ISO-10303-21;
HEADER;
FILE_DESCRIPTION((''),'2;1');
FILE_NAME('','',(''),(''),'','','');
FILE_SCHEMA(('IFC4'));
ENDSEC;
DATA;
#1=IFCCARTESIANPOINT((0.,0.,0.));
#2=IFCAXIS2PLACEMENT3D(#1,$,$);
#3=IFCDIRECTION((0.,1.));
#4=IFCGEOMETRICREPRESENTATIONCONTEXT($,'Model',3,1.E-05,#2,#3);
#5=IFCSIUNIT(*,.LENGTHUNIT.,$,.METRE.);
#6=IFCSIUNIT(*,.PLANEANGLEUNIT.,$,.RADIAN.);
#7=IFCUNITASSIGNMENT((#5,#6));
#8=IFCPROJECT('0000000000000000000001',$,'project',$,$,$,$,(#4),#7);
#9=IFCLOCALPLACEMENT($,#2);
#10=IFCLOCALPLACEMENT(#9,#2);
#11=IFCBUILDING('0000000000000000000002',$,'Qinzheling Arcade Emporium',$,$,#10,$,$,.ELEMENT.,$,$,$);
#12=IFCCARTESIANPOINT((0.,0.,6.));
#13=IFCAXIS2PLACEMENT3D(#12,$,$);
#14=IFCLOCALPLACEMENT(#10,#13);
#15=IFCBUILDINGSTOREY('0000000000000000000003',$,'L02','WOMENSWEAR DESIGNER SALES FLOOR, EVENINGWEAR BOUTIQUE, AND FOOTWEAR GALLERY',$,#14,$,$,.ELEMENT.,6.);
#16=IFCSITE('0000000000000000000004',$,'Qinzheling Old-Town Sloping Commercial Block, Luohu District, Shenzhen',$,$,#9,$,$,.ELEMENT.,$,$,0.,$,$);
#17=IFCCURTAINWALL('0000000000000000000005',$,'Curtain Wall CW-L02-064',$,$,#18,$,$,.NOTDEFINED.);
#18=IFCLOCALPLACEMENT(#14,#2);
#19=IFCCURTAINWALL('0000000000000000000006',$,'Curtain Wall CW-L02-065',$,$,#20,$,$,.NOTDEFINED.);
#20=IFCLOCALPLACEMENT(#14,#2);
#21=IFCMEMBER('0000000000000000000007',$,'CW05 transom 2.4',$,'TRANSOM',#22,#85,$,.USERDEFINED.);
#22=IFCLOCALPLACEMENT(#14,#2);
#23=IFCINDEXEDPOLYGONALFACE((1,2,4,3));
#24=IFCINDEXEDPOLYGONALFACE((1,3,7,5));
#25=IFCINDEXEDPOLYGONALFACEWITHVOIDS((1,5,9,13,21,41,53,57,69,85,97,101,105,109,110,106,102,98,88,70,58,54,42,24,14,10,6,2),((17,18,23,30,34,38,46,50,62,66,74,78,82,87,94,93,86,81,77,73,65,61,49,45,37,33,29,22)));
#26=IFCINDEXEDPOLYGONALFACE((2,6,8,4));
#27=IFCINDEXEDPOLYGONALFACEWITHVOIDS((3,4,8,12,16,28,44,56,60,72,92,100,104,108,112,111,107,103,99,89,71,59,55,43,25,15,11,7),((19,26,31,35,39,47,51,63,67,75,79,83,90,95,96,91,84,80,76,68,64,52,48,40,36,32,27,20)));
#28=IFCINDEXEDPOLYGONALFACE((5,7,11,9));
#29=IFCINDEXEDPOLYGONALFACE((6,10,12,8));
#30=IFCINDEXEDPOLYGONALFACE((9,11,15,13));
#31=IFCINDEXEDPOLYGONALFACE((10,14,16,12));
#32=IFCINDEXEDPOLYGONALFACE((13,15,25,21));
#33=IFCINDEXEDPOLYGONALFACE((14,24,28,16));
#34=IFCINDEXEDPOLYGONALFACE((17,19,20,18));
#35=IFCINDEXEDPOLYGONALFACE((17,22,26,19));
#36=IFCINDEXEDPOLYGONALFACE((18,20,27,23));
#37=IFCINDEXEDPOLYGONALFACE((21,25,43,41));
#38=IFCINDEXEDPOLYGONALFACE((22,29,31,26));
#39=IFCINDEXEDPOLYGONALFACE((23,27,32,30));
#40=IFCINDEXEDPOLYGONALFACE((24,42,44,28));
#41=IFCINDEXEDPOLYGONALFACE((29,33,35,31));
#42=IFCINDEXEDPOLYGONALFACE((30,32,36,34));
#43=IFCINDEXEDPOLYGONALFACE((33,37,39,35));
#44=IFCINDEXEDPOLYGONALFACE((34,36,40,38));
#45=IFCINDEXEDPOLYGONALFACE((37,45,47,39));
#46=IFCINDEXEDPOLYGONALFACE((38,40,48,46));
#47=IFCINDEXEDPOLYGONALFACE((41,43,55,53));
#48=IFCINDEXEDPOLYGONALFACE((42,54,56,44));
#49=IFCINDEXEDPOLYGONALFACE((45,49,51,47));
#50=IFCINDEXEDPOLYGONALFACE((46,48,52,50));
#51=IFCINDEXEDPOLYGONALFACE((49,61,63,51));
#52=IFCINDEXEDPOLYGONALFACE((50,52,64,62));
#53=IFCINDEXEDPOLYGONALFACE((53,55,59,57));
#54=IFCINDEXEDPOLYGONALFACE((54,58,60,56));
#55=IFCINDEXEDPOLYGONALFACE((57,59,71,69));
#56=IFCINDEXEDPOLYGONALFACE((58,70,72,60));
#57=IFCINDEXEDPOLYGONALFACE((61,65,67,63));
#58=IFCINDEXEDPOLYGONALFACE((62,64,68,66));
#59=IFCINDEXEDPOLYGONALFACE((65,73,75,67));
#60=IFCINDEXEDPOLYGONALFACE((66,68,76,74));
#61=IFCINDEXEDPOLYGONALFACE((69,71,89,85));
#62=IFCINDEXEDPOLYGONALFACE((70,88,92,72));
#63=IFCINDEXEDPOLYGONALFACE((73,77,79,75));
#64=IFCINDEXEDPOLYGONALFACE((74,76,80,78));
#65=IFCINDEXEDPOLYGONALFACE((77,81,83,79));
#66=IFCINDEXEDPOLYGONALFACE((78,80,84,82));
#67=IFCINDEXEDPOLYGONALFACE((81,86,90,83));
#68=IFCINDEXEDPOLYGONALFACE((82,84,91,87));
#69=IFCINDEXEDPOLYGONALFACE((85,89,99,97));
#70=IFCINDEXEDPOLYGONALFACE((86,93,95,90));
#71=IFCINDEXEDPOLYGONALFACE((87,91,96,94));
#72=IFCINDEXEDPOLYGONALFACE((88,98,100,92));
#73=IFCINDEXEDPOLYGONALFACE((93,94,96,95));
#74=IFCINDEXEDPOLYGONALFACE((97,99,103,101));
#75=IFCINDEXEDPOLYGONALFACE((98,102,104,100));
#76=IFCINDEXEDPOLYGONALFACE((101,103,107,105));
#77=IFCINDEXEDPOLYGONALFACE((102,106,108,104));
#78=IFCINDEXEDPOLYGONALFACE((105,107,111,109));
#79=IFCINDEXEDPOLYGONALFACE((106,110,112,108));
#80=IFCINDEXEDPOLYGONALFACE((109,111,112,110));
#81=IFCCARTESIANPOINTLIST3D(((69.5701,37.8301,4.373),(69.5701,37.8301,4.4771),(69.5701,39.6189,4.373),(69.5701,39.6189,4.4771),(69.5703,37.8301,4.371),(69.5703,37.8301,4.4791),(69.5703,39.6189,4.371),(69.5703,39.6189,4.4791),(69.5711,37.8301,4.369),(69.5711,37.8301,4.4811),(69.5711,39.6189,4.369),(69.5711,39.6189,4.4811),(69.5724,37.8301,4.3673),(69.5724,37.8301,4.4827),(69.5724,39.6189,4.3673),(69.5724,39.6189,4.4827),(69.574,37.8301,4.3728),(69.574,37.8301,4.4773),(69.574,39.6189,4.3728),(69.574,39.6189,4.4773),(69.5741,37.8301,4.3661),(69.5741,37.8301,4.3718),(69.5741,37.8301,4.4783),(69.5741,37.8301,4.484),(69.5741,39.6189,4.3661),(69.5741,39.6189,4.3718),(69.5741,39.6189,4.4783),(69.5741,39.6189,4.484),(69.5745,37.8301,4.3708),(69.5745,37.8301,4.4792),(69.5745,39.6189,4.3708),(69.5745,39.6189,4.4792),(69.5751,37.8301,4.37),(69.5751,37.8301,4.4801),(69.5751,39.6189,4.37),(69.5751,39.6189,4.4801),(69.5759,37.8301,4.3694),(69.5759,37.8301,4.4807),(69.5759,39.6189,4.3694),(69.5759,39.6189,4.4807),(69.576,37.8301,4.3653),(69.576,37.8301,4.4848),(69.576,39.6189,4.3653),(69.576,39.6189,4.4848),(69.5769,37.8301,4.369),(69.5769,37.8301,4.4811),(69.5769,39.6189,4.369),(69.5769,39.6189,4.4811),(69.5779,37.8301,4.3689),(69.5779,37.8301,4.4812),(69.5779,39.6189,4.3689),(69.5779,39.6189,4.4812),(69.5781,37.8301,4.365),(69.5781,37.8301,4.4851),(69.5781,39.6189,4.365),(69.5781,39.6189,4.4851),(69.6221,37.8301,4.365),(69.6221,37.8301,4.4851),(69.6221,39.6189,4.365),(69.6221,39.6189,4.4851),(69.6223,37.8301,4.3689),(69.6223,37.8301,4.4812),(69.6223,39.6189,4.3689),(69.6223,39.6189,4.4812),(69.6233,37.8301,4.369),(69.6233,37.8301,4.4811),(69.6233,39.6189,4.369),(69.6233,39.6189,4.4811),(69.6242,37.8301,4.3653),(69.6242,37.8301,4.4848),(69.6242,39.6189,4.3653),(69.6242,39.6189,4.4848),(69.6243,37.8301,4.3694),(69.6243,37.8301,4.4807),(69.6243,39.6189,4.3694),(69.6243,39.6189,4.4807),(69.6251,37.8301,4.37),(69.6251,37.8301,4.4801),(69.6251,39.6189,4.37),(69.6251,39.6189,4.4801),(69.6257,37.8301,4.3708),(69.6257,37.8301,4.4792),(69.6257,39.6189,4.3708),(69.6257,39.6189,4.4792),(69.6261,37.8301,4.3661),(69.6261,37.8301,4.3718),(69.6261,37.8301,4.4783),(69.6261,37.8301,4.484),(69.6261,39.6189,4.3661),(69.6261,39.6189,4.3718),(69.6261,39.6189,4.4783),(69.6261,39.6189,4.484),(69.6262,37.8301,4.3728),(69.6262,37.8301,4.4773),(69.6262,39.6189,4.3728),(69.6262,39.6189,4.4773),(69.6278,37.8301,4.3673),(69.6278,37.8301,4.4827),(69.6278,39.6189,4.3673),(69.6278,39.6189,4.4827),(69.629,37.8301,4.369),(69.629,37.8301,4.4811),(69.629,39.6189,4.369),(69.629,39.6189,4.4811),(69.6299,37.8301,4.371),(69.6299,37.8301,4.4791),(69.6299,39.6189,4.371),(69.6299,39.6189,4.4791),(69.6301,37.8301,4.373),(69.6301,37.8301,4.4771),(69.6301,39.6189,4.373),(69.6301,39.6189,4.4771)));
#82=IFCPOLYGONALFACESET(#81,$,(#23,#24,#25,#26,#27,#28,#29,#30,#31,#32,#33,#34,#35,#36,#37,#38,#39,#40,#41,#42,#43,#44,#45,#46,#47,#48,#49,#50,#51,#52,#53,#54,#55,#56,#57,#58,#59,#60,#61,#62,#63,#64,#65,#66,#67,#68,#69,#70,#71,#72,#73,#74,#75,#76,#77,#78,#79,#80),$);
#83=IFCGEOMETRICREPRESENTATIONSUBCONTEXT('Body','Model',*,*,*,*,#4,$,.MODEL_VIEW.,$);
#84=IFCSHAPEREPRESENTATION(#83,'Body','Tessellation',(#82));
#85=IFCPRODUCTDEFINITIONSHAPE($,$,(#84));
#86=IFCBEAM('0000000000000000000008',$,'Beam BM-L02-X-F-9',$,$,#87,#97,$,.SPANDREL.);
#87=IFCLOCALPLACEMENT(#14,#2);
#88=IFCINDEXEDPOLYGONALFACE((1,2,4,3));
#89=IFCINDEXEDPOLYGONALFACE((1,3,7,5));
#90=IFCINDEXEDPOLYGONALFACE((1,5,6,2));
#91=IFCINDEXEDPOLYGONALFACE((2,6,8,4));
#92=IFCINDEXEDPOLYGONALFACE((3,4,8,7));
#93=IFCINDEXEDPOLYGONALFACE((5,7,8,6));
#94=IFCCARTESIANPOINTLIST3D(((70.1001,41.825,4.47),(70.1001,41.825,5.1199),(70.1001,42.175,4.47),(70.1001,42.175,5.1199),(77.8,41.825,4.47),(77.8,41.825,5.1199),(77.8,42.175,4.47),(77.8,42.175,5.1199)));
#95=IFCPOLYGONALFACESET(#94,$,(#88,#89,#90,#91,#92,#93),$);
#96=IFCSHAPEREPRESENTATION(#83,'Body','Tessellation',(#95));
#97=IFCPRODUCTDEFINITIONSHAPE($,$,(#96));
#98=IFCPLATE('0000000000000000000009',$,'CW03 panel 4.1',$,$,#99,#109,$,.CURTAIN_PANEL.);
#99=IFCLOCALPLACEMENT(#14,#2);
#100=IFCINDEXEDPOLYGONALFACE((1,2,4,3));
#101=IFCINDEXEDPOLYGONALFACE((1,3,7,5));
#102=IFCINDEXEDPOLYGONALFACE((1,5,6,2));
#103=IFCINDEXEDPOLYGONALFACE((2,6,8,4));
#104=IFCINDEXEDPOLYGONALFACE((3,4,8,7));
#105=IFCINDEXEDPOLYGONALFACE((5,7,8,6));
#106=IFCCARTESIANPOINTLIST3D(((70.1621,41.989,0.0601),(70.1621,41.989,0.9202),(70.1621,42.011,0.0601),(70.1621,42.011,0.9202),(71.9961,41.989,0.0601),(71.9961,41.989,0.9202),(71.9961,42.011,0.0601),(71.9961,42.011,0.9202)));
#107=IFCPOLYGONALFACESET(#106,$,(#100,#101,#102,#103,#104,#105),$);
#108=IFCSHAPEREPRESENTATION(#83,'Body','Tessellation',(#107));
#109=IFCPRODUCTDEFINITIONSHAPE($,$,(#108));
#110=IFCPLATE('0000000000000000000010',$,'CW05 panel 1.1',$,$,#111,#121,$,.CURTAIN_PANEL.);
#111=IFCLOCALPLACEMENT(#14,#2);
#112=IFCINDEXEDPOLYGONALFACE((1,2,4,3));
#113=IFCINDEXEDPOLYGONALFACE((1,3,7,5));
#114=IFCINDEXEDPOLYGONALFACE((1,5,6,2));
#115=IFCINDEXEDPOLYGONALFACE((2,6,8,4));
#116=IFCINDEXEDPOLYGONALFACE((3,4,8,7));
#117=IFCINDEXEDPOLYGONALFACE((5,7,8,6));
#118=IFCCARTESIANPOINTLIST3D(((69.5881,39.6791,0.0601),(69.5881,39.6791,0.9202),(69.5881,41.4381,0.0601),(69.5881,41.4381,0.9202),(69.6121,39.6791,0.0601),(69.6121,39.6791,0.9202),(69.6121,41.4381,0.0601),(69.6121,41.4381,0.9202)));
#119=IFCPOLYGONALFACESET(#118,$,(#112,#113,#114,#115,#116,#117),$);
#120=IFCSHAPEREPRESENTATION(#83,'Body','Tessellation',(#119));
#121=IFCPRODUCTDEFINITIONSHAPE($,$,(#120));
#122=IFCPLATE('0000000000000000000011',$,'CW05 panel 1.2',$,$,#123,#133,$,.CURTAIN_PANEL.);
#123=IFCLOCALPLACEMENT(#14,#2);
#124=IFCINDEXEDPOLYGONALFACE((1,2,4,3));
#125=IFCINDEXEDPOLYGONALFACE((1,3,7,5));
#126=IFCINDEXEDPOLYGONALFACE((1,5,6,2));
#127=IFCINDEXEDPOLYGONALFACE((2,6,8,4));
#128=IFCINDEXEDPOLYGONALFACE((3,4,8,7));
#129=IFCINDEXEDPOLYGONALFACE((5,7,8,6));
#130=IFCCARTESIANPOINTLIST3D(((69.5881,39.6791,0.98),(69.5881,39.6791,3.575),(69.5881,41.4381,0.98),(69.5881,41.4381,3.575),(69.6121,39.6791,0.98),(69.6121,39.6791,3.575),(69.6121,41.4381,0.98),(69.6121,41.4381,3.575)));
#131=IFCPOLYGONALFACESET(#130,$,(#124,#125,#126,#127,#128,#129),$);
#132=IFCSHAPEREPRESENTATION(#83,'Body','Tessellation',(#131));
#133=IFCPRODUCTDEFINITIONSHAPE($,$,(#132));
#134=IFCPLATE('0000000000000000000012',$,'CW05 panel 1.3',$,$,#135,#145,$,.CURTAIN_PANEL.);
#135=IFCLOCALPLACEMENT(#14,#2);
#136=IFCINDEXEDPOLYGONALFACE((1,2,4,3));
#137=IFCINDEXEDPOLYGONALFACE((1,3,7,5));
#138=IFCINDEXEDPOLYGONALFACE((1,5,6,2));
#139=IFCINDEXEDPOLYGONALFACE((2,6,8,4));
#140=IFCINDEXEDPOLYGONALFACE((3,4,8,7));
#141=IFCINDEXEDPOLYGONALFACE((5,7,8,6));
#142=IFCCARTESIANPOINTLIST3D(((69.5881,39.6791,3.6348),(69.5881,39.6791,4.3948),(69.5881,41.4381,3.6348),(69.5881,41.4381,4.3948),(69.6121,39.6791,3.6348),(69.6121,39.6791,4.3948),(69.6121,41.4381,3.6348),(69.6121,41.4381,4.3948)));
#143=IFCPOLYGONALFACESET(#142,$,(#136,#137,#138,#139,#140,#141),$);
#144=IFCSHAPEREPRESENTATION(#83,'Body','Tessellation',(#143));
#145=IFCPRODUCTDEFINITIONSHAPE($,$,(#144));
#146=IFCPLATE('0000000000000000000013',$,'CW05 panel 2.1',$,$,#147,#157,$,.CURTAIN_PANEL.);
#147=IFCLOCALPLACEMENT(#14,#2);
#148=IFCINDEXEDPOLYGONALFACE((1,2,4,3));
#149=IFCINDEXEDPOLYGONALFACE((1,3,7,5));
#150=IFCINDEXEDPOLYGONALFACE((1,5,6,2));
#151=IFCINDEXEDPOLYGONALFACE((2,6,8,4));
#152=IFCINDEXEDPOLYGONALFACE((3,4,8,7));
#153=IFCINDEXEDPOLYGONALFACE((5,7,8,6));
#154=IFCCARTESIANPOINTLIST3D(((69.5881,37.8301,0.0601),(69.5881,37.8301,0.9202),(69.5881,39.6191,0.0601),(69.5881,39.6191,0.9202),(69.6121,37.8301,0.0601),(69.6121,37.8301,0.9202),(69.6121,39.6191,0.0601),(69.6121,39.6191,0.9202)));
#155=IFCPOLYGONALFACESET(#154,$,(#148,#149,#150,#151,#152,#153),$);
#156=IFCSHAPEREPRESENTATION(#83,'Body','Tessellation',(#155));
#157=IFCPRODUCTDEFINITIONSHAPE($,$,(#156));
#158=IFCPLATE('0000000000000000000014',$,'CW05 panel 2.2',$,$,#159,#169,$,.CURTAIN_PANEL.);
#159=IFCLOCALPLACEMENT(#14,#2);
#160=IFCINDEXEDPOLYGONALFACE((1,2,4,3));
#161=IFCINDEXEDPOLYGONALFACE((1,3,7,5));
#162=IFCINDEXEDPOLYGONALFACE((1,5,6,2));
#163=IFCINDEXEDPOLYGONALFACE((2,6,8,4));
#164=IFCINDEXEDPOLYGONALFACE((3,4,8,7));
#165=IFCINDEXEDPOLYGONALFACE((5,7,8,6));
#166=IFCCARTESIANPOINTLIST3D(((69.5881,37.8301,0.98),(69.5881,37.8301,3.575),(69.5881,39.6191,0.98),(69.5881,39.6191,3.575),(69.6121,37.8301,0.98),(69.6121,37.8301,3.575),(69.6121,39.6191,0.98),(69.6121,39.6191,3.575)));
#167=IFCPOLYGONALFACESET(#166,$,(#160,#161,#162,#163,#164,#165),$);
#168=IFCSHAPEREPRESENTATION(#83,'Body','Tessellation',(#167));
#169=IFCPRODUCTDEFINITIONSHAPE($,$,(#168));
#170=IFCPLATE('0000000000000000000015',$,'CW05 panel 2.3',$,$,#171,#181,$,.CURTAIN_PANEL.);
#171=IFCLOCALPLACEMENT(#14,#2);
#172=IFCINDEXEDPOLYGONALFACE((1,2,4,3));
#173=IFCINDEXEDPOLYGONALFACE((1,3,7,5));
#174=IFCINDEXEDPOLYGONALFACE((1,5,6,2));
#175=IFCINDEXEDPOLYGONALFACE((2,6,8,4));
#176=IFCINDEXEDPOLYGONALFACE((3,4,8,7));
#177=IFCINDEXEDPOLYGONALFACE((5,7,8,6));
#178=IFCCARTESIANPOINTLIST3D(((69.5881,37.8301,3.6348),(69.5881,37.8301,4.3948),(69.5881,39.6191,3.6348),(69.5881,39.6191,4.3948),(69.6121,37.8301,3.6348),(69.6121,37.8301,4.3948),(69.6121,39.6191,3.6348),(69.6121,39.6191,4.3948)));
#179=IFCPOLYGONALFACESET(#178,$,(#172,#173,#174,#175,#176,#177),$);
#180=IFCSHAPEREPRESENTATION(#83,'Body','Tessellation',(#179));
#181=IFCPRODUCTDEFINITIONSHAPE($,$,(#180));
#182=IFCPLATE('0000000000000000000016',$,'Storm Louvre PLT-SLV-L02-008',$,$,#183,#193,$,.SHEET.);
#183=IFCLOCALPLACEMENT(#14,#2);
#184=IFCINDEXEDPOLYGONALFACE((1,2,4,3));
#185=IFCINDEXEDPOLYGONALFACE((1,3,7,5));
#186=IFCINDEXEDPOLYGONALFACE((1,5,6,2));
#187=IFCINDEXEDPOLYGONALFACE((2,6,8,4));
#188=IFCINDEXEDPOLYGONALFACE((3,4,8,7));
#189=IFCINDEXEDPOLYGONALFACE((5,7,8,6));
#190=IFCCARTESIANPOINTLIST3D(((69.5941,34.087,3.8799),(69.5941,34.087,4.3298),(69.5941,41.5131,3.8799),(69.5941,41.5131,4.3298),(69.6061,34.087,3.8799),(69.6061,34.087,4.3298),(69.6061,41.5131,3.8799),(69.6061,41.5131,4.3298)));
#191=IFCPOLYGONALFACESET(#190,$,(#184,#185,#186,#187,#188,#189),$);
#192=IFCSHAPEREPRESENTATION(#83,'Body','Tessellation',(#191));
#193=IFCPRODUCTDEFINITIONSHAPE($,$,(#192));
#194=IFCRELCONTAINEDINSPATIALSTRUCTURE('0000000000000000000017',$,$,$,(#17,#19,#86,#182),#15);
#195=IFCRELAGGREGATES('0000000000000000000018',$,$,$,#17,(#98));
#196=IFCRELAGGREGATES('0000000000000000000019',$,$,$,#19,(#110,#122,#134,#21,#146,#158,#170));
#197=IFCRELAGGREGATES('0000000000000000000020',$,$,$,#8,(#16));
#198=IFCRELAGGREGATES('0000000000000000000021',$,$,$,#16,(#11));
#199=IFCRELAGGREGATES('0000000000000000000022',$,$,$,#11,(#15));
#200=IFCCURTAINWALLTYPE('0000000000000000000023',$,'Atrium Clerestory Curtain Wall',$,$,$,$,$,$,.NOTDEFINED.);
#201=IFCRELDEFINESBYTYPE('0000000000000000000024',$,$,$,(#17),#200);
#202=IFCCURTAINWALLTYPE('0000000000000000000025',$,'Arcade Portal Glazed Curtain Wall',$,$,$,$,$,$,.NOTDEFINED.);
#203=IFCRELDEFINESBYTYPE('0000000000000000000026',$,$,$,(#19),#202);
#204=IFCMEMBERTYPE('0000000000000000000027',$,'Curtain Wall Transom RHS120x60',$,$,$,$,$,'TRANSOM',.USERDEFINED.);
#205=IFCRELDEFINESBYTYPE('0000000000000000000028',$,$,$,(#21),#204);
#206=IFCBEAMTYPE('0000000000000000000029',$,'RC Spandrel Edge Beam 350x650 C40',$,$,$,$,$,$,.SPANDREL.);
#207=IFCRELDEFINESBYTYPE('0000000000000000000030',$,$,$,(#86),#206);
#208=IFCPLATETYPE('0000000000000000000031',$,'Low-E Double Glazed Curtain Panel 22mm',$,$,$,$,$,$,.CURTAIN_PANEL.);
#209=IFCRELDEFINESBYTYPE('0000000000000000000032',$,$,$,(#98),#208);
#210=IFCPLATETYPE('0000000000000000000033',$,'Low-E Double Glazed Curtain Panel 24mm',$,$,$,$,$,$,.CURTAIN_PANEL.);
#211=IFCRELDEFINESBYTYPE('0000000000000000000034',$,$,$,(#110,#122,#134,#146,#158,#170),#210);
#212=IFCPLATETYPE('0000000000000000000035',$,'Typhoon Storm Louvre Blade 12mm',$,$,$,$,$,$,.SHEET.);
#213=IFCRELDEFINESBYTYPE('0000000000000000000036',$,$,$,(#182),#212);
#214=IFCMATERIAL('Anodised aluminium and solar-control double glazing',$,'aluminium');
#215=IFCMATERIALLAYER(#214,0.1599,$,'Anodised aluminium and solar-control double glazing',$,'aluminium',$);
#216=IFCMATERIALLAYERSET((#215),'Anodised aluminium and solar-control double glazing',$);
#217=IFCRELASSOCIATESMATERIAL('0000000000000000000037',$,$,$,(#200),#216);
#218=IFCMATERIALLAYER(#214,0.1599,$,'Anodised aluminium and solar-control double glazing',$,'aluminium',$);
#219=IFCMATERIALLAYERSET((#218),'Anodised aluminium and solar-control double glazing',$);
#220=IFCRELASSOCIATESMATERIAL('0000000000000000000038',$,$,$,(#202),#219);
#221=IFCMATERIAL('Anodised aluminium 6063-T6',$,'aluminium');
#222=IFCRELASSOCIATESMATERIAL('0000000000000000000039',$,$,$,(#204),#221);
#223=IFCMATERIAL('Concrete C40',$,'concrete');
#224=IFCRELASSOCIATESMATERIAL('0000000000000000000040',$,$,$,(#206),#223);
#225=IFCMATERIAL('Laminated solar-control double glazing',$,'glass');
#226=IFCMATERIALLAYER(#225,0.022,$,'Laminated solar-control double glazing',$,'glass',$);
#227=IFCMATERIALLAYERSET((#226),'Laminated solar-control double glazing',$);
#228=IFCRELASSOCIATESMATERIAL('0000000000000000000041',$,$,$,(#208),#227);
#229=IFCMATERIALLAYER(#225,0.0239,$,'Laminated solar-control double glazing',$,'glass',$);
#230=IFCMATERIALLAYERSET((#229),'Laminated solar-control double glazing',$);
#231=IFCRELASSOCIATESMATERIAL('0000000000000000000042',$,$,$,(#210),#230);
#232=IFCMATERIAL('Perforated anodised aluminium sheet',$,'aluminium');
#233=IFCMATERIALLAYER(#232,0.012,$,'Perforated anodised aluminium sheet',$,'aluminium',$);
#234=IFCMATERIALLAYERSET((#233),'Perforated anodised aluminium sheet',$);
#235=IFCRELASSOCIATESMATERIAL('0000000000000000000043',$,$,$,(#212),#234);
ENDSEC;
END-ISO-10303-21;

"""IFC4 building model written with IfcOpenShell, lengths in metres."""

from ifc_helpers import new_model, si_unit, direction, frame, origin, origin_2d, place, context, subcontext, project, spatial, rectangle, hollow_rectangle, extrude, material, layer, layer_set, material_profile, profile_set, type_object, element, aggregate, save


model = new_model("IFC4")

# Units and contexts
model_context = context("Model", 3, precision=1e-05, world=origin(), true_north=direction((0.0, 1.0)))
body_context = subcontext(model_context, "Body", "Model", "MODEL_VIEW")
ifc_project = project(units=[si_unit("LENGTHUNIT", "METRE"), si_unit("PLANEANGLEUNIT", "RADIAN")], contexts=[model_context])

# Site, building, storey
site_placement = place(None, origin())
site = spatial("IfcSite", under=ifc_project, at=site_placement, Name="Qinzheling Old-Town Sloping Commercial Block, Luohu District, Shenzhen", CompositionType="ELEMENT", RefElevation=0.0)
building_placement = place(site_placement, origin())
building = spatial("IfcBuilding", under=site, at=building_placement, Name="Qinzheling Arcade Emporium", CompositionType="ELEMENT")
storey_placement = place(building_placement, frame((0.0, 0.0, 6.0)))
storey = spatial("IfcBuildingStorey", under=building, at=storey_placement, Name="L02", Description="WOMENSWEAR DESIGNER SALES FLOOR, EVENINGWEAR BOUTIQUE, AND FOOTWEAR GALLERY", CompositionType="ELEMENT", Elevation=6.0)

# Curtain wall
ifc_material_1 = material(Name="Anodised aluminium and solar-control double glazing", Category="aluminium")
ifc_layer_1 = layer(ifc_material_1, 0.1599, Name="Anodised aluminium and solar-control double glazing", Category="aluminium")
ifc_layer_set_1 = layer_set([ifc_layer_1], Name="Anodised aluminium and solar-control double glazing")
curtain_wall_type_1 = type_object("IfcCurtainWallType", Name="Atrium Clerestory Curtain Wall", PredefinedType="NOTDEFINED", material=ifc_layer_set_1)
curtain_wall_1_placement = place(storey_placement, origin())
curtain_wall_1 = element("IfcCurtainWall", 1, at=curtain_wall_1_placement, inside=storey, type_object=curtain_wall_type_1, Name="Curtain Wall CW-L02-064", PredefinedType="NOTDEFINED")
ifc_material_2 = material(Name="Anodised aluminium 6063-T6", Category="aluminium")

# Curtain wall, member
ifc_layer_2 = layer(ifc_material_1, 0.1599, Name="Anodised aluminium and solar-control double glazing", Category="aluminium")
ifc_layer_set_2 = layer_set([ifc_layer_2], Name="Anodised aluminium and solar-control double glazing")
curtain_wall_type_2 = type_object("IfcCurtainWallType", Name="Arcade Portal Glazed Curtain Wall", PredefinedType="NOTDEFINED", material=ifc_layer_set_2)
curtain_wall_2_placement = place(storey_placement, origin())
curtain_wall_2 = element("IfcCurtainWall", 2, at=curtain_wall_2_placement, inside=storey, type_object=curtain_wall_type_2, Name="Curtain Wall CW-L02-065", PredefinedType="NOTDEFINED")
ifc_material_profile_1 = material_profile(ifc_material_2, hollow_rectangle(XDim=0.0601, YDim=0.1201, WallThickness=0.0039, InnerFilletRadius=0.0039, OuterFilletRadius=0.0081, at=origin_2d()), Name="RHS 120x60x4", Category="aluminium")
ifc_profile_set_1 = profile_set([ifc_material_profile_1], Name="Anodised aluminium 6063-T6")
member_type_1 = type_object("IfcMemberType", Name="Curtain Wall Transom RHS120x60", ElementType="TRANSOM", PredefinedType="USERDEFINED", material=ifc_profile_set_1)
member_1_placement = place(storey_placement, frame((69.6001, 39.6189, 4.425), z_axis=(0.0, -1.0, 0.0), x_axis=(1.0, 0.0, 0.0)))
member_1 = element("IfcMember", 3, at=member_1_placement, type_object=member_type_1, Name="CW05 transom 2.4", ObjectType="TRANSOM", PredefinedType="USERDEFINED", context=body_context, shape_type="SweptSolid", body=[
    extrude(hollow_rectangle(XDim=0.0601, YDim=0.1201, WallThickness=0.0039, InnerFilletRadius=0.0039, OuterFilletRadius=0.0081, at=origin_2d()), origin(), (0.0, 0.0, 1.0), 1.7888),
])

# Beam
ifc_material_3 = material(Name="Concrete C40", Category="concrete")
ifc_material_profile_2 = material_profile(ifc_material_3, rectangle(XDim=0.3501, YDim=0.6499, at=origin_2d()), Name="RC 350x650", Category="concrete")
ifc_profile_set_2 = profile_set([ifc_material_profile_2], Name="Concrete C40")
beam_type = type_object("IfcBeamType", Name="RC Spandrel Edge Beam 350x650 C40", PredefinedType="SPANDREL", material=ifc_profile_set_2)
beam_placement = place(storey_placement, frame((70.1001, 42.0, 4.7949), z_axis=(1.0, 0.0, 0.0), x_axis=(0.0, 1.0, 0.0)))
element("IfcBeam", 4, at=beam_placement, inside=storey, type_object=beam_type, Name="Beam BM-L02-X-F-9", PredefinedType="SPANDREL", context=body_context, shape_type="SweptSolid", body=[
    extrude(rectangle(XDim=0.3501, YDim=0.6499, at=origin_2d()), origin(), (0.0, 0.0, 1.0), 7.7),
])

# Plates
ifc_material_4 = material(Name="Laminated solar-control double glazing", Category="glass")
ifc_layer_3 = layer(ifc_material_4, 0.022, Name="Laminated solar-control double glazing", Category="glass")
ifc_layer_set_3 = layer_set([ifc_layer_3], Name="Laminated solar-control double glazing")
plate_type_1 = type_object("IfcPlateType", Name="Low-E Double Glazed Curtain Panel 22mm", PredefinedType="CURTAIN_PANEL", material=ifc_layer_set_3)
plate_1_placement = place(storey_placement, frame((71.0791, 42.0, 0.0601), z_axis=(0.0, 0.0, 1.0), x_axis=(-1.0, 0.0, 0.0)))
plate_1 = element("IfcPlate", 5, at=plate_1_placement, type_object=plate_type_1, Name="CW03 panel 4.1", PredefinedType="CURTAIN_PANEL", context=body_context, shape_type="SweptSolid", body=[
    extrude(rectangle(XDim=1.834, YDim=0.022, at=origin_2d()), origin(), (0.0, 0.0, 1.0), 0.8601),
])
aggregate(curtain_wall_1, [plate_1])
ifc_layer_4 = layer(ifc_material_4, 0.0239, Name="Laminated solar-control double glazing", Category="glass")
ifc_layer_set_4 = layer_set([ifc_layer_4], Name="Laminated solar-control double glazing")
plate_type_2 = type_object("IfcPlateType", Name="Low-E Double Glazed Curtain Panel 24mm", PredefinedType="CURTAIN_PANEL", material=ifc_layer_set_4)
plate_2_placement = place(storey_placement, frame((69.6001, 40.5586, 0.0601), z_axis=(0.0, 0.0, 1.0), x_axis=(0.0, -1.0, 0.0)))
plate_2 = element("IfcPlate", 6, at=plate_2_placement, type_object=plate_type_2, Name="CW05 panel 1.1", PredefinedType="CURTAIN_PANEL", context=body_context, shape_type="SweptSolid", body=[
    extrude(rectangle(XDim=1.759, YDim=0.0239, at=origin_2d()), origin(), (0.0, 0.0, 1.0), 0.8601),
])
plate_3_placement = place(storey_placement, frame((69.6001, 40.5586, 0.98), z_axis=(0.0, 0.0, 1.0), x_axis=(0.0, -1.0, 0.0)))
plate_3 = element("IfcPlate", 7, at=plate_3_placement, type_object=plate_type_2, Name="CW05 panel 1.2", PredefinedType="CURTAIN_PANEL", context=body_context, shape_type="SweptSolid", body=[
    extrude(rectangle(XDim=1.759, YDim=0.0239, at=origin_2d()), origin(), (0.0, 0.0, 1.0), 2.595),
])
plate_4_placement = place(storey_placement, frame((69.6001, 40.5586, 3.6348), z_axis=(0.0, 0.0, 1.0), x_axis=(0.0, -1.0, 0.0)))
plate_4 = element("IfcPlate", 8, at=plate_4_placement, type_object=plate_type_2, Name="CW05 panel 1.3", PredefinedType="CURTAIN_PANEL", context=body_context, shape_type="SweptSolid", body=[
    extrude(rectangle(XDim=1.759, YDim=0.0239, at=origin_2d()), origin(), (0.0, 0.0, 1.0), 0.76),
])
plate_5_placement = place(storey_placement, frame((69.6001, 38.7246, 0.0601), z_axis=(0.0, 0.0, 1.0), x_axis=(0.0, -1.0, 0.0)))
plate_5 = element("IfcPlate", 9, at=plate_5_placement, type_object=plate_type_2, Name="CW05 panel 2.1", PredefinedType="CURTAIN_PANEL", context=body_context, shape_type="SweptSolid", body=[
    extrude(rectangle(XDim=1.7891, YDim=0.0239, at=origin_2d()), origin(), (0.0, 0.0, 1.0), 0.8601),
])
plate_6_placement = place(storey_placement, frame((69.6001, 38.7246, 0.98), z_axis=(0.0, 0.0, 1.0), x_axis=(0.0, -1.0, 0.0)))
plate_6 = element("IfcPlate", 10, at=plate_6_placement, type_object=plate_type_2, Name="CW05 panel 2.2", PredefinedType="CURTAIN_PANEL", context=body_context, shape_type="SweptSolid", body=[
    extrude(rectangle(XDim=1.7891, YDim=0.0239, at=origin_2d()), origin(), (0.0, 0.0, 1.0), 2.595),
])
plate_7_placement = place(storey_placement, frame((69.6001, 38.7246, 3.6348), z_axis=(0.0, 0.0, 1.0), x_axis=(0.0, -1.0, 0.0)))
plate_7 = element("IfcPlate", 11, at=plate_7_placement, type_object=plate_type_2, Name="CW05 panel 2.3", PredefinedType="CURTAIN_PANEL", context=body_context, shape_type="SweptSolid", body=[
    extrude(rectangle(XDim=1.7891, YDim=0.0239, at=origin_2d()), origin(), (0.0, 0.0, 1.0), 0.76),
])
aggregate(curtain_wall_2, [plate_2, plate_3, plate_4, member_1, plate_5, plate_6, plate_7])
ifc_material_5 = material(Name="Perforated anodised aluminium sheet", Category="aluminium")
ifc_layer_5 = layer(ifc_material_5, 0.012, Name="Perforated anodised aluminium sheet", Category="aluminium")
ifc_layer_set_5 = layer_set([ifc_layer_5], Name="Perforated anodised aluminium sheet")
plate_type_3 = type_object("IfcPlateType", Name="Typhoon Storm Louvre Blade 12mm", PredefinedType="SHEET", material=ifc_layer_set_5)
plate_8_placement = place(storey_placement, frame((69.6001, 37.8, 3.8799), z_axis=(0.0, 0.0, 1.0), x_axis=(0.0, -1.0, 0.0)))
element("IfcPlate", 12, at=plate_8_placement, inside=storey, type_object=plate_type_3, Name="Storm Louvre PLT-SLV-L02-008", PredefinedType="SHEET", context=body_context, shape_type="SweptSolid", body=[
    extrude(rectangle(XDim=7.426, YDim=0.012, at=origin_2d()), origin(), (0.0, 0.0, 1.0), 0.45),
])

save(model, "model.ifc")
